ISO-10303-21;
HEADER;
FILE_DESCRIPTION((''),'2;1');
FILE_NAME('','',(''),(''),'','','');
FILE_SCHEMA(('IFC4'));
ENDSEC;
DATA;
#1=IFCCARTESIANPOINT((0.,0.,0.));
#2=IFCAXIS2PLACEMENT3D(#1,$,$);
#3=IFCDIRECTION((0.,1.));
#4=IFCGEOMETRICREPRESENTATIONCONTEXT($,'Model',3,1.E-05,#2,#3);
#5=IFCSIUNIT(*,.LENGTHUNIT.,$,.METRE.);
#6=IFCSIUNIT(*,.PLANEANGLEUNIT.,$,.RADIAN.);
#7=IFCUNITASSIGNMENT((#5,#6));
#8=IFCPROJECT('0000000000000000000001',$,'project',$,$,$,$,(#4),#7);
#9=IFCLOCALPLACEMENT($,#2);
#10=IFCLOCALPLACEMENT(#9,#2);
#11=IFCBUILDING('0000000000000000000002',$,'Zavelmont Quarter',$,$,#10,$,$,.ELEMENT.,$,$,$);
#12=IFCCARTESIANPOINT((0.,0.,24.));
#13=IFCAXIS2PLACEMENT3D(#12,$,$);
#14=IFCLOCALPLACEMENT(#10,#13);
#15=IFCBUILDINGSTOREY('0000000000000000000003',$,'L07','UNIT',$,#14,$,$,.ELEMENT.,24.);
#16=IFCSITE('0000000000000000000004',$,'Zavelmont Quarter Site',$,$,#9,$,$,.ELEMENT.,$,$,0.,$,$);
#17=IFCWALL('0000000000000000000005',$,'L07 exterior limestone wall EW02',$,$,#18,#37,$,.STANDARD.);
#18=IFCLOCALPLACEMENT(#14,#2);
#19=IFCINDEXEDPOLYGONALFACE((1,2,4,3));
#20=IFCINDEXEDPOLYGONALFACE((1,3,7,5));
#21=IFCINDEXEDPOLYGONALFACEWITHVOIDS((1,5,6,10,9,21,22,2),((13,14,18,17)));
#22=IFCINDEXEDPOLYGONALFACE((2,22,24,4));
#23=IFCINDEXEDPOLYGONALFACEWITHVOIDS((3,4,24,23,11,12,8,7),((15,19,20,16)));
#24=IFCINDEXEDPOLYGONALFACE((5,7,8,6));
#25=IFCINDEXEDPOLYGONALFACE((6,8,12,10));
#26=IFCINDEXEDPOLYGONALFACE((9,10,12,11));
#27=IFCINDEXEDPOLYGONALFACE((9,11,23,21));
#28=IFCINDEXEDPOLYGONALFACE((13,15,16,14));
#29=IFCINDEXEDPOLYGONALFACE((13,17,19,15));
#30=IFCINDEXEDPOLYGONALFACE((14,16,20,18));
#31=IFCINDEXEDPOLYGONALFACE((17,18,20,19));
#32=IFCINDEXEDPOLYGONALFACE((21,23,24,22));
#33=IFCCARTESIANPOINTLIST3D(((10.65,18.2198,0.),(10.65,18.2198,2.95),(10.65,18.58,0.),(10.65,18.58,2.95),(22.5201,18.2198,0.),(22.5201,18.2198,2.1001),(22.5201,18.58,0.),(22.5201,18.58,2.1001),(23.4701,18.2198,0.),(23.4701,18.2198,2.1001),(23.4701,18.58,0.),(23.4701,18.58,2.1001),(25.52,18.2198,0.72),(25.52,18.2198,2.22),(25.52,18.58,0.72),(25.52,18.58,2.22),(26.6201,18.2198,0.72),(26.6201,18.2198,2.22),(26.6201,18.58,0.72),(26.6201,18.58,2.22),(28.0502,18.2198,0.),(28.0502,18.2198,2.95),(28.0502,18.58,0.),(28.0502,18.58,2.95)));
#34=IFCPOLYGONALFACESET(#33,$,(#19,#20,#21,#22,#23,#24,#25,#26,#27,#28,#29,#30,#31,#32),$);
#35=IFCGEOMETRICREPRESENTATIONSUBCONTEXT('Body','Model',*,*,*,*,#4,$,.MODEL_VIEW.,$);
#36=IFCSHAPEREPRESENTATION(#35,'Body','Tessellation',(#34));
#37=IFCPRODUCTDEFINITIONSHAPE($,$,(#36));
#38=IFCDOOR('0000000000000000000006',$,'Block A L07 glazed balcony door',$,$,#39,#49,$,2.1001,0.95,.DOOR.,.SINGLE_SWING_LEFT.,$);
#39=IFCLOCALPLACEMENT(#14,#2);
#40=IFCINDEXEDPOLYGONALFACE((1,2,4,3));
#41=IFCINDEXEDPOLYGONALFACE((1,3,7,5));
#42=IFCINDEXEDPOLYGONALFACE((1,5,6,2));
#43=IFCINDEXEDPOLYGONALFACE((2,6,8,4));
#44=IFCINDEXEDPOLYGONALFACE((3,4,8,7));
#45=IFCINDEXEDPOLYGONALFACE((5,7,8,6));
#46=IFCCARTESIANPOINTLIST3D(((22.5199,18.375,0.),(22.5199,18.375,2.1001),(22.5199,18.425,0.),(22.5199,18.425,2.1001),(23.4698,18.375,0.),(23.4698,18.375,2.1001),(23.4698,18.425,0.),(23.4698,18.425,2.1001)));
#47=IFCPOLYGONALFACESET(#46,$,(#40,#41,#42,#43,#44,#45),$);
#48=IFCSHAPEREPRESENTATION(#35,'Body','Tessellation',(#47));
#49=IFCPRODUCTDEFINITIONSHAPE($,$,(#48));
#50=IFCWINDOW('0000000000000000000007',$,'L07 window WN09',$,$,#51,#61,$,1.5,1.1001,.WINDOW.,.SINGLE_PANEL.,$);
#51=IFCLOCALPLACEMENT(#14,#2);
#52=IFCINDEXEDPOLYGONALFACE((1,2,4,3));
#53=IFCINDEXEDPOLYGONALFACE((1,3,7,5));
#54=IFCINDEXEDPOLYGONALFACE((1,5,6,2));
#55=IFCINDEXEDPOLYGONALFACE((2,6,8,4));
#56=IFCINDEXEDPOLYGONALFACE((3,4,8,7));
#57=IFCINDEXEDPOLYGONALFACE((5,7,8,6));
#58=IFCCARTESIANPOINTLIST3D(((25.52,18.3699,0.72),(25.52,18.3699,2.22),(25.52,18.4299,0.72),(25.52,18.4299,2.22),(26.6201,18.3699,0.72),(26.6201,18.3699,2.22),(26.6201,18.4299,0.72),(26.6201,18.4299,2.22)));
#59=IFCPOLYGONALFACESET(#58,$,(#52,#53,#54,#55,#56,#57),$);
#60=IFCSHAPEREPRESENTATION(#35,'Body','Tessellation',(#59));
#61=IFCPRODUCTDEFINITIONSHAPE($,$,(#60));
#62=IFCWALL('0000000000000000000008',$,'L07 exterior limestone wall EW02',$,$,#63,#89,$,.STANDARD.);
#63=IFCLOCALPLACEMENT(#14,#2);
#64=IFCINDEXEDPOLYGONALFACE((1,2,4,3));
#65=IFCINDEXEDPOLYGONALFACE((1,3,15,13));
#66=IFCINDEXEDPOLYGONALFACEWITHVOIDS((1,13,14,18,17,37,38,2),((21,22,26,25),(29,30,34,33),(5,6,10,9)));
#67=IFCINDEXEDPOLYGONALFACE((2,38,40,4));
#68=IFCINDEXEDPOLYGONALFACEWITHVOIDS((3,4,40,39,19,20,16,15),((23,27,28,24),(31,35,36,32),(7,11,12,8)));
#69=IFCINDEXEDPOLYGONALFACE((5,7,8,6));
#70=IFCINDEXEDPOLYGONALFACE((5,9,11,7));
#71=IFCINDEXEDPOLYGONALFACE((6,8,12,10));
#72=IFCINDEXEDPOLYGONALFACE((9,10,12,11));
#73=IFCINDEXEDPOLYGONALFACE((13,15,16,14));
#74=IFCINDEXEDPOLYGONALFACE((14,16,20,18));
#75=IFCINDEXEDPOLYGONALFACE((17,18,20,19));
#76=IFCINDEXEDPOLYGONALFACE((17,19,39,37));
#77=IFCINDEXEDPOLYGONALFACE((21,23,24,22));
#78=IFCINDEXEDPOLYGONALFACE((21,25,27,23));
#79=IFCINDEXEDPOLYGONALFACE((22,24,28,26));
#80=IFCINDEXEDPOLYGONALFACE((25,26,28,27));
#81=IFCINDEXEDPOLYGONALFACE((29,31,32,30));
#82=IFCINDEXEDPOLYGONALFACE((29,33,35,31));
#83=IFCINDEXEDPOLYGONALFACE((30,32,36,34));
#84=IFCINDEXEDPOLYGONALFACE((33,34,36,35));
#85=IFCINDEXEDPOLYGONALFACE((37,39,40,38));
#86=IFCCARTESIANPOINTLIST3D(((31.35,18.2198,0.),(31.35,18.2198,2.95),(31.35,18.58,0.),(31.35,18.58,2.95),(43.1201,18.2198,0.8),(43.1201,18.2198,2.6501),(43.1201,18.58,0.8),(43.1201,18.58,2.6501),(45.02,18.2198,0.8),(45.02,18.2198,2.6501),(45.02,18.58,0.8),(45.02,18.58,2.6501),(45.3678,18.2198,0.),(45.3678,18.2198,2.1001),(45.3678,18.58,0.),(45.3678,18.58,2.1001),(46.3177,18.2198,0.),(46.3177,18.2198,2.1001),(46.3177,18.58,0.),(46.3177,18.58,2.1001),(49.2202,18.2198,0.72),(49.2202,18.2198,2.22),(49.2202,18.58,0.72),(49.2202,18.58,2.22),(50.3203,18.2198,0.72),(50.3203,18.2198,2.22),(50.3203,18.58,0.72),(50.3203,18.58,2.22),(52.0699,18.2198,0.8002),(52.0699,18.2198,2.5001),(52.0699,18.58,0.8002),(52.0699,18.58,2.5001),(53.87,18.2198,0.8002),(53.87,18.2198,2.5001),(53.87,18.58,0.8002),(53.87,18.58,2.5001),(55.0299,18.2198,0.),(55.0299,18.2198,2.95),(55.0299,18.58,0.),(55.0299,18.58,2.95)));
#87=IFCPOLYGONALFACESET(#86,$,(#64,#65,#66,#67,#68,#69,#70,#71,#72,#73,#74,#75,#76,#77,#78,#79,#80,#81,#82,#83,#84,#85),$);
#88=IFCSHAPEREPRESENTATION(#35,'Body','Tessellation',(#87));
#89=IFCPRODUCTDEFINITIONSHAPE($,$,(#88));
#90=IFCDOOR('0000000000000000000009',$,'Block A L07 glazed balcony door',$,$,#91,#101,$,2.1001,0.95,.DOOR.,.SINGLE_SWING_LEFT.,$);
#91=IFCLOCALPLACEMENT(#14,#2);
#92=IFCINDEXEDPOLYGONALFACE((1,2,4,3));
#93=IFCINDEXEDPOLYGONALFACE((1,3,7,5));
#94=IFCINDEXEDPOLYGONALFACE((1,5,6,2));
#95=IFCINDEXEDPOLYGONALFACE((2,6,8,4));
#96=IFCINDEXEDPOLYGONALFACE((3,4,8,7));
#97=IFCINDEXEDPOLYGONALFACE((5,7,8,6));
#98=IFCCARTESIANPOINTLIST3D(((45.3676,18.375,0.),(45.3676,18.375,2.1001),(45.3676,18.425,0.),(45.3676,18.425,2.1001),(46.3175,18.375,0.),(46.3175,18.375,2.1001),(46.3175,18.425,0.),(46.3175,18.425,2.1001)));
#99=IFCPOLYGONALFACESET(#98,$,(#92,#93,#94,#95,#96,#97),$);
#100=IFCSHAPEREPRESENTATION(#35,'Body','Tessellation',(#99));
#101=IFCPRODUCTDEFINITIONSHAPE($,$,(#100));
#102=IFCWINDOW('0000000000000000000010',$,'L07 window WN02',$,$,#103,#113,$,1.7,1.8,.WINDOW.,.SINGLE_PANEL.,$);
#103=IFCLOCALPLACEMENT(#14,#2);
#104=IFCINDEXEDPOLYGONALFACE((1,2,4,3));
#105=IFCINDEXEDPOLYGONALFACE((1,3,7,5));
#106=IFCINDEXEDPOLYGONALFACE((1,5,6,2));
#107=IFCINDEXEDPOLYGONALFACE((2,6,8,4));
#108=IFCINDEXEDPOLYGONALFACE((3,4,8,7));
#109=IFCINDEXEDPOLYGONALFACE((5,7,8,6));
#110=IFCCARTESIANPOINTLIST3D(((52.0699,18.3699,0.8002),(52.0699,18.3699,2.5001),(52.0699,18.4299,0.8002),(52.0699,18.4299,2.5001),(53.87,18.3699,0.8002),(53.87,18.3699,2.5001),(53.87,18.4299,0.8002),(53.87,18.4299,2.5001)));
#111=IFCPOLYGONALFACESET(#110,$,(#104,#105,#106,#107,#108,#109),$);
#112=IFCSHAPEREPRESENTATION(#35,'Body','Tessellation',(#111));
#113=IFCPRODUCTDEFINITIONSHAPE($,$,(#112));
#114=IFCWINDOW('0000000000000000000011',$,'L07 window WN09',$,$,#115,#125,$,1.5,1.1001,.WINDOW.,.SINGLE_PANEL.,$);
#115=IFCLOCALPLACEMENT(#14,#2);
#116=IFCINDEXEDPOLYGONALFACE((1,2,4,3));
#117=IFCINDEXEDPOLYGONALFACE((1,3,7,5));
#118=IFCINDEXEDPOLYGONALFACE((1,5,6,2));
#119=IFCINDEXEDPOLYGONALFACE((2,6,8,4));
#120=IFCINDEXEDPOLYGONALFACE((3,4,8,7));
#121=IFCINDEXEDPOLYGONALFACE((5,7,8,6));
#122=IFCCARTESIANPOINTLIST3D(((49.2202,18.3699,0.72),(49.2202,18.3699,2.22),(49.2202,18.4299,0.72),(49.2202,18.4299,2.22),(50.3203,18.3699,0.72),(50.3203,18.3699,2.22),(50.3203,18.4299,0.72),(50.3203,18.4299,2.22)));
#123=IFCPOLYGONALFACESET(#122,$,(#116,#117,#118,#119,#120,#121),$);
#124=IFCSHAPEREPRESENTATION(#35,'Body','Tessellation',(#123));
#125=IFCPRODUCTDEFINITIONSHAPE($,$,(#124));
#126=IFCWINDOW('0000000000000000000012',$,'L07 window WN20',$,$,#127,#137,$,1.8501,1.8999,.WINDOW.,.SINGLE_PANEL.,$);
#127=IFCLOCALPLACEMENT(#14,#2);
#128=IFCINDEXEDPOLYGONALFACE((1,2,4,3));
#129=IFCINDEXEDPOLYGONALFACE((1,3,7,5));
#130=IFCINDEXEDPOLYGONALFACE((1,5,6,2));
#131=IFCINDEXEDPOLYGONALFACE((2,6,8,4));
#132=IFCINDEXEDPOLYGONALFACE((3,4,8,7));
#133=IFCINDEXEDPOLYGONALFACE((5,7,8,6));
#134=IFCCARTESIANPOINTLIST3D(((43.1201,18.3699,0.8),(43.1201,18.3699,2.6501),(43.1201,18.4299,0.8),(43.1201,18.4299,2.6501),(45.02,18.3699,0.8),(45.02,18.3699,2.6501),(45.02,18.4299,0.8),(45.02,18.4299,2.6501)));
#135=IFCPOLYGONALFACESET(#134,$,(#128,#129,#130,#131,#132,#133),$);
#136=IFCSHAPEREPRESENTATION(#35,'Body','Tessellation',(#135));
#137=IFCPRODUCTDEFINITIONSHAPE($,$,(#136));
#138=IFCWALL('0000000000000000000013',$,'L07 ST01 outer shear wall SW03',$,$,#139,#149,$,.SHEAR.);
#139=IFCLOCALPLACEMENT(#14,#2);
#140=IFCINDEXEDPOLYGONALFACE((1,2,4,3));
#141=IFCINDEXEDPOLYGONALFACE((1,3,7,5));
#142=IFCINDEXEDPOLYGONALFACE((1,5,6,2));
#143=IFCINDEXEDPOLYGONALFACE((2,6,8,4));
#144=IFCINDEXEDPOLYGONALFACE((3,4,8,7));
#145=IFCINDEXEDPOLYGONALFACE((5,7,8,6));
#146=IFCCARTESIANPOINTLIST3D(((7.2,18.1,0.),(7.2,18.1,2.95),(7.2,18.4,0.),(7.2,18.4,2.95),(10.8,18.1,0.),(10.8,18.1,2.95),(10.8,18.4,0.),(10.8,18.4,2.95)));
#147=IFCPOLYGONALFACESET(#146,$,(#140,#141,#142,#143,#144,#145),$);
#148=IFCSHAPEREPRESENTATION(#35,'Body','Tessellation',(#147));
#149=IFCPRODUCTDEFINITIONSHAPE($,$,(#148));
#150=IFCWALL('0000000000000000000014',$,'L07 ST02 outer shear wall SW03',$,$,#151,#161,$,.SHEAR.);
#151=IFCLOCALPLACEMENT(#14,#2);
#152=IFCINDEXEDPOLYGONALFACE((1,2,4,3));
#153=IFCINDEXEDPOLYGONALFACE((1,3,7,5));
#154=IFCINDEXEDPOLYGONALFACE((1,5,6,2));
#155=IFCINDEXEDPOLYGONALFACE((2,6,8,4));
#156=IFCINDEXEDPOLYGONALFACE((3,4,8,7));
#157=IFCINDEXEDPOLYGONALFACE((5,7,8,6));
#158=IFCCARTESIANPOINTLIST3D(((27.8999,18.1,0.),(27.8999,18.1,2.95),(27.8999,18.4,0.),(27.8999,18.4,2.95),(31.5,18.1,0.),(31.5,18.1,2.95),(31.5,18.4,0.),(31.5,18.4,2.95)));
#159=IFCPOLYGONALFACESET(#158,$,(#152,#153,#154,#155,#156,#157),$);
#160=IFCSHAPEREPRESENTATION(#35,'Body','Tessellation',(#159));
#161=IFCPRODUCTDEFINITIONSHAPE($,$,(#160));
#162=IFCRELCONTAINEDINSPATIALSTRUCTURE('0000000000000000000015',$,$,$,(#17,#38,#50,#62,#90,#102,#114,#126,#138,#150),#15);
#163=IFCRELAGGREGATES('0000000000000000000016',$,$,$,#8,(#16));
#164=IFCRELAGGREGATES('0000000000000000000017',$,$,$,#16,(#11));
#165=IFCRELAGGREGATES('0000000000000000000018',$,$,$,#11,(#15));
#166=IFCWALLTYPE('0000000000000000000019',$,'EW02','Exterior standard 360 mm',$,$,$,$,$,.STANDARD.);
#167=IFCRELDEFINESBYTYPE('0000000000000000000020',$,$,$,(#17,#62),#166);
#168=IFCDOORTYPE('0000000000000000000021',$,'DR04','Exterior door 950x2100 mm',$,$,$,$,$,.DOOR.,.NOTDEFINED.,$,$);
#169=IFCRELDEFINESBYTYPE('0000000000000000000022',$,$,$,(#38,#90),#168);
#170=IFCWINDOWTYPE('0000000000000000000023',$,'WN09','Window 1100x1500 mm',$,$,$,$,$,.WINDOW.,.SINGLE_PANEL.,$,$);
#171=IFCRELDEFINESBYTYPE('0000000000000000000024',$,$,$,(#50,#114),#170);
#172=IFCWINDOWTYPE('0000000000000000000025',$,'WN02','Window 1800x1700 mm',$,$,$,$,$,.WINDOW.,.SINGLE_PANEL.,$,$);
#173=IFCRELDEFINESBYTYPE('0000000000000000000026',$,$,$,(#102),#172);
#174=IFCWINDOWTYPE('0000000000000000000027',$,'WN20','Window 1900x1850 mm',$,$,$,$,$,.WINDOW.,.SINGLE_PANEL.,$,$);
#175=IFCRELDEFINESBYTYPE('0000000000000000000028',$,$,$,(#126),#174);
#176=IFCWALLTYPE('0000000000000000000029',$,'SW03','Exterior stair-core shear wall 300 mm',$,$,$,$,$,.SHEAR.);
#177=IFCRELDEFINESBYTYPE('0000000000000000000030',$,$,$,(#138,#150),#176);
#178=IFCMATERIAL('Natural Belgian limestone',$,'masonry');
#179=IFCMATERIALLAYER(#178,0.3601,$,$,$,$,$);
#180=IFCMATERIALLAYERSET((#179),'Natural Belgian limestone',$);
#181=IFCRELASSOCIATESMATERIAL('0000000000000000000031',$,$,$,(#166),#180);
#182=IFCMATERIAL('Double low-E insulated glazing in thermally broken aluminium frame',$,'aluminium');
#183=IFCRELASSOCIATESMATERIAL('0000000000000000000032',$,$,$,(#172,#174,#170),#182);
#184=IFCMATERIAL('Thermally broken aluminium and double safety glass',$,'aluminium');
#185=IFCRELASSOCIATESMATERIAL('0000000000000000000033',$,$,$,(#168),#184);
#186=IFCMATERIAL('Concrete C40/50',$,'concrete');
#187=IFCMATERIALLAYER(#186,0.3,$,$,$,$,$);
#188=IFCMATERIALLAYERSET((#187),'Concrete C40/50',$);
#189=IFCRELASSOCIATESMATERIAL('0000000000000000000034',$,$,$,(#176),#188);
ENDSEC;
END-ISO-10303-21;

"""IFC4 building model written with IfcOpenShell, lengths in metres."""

from ifc_helpers import new_model, si_unit, direction, frame, frame_2d, origin, origin_with_axes, place, context, subcontext, project, spatial, rectangle, extrude, material, layer, layer_set, type_object, element, fill, save


model = new_model("IFC4")

# Units and contexts
model_context = context("Model", 3, precision=1e-05, world=origin(), true_north=direction((0.0, 1.0)))
body_context = subcontext(model_context, "Body", "Model", "MODEL_VIEW")
ifc_project = project(units=[si_unit("LENGTHUNIT", "METRE"), si_unit("PLANEANGLEUNIT", "RADIAN")], contexts=[model_context])

# Site, building, storey
site_placement = place(None, origin())
site = spatial("IfcSite", under=ifc_project, at=site_placement, Name="Zavelmont Quarter Site", CompositionType="ELEMENT", RefElevation=0.0)
building_placement = place(site_placement, origin())
building = spatial("IfcBuilding", under=site, at=building_placement, Name="Zavelmont Quarter", CompositionType="ELEMENT")
storey_placement = place(building_placement, frame((0.0, 0.0, 24.0)))
storey = spatial("IfcBuildingStorey", under=building, at=storey_placement, Name="L07", Description="UNIT", CompositionType="ELEMENT", Elevation=24.0)

# Shared definitions
ifc_material_1 = material(Name="Natural Belgian limestone", Category="masonry")
ifc_layer_1 = layer(ifc_material_1, 0.3601)
ifc_layer_set_1 = layer_set([ifc_layer_1], Name="Natural Belgian limestone")
wall_type_1 = type_object("IfcWallType", Name="EW02", Description="Exterior standard 360 mm", PredefinedType="STANDARD", material=ifc_layer_set_1)
ifc_material_2 = material(Name="Double low-E insulated glazing in thermally broken aluminium frame", Category="aluminium")
window_type_1 = type_object("IfcWindowType", Name="WN02", Description="Window 1800x1700 mm", PartitioningType="SINGLE_PANEL", PredefinedType="WINDOW", material=ifc_material_2)
window_type_2 = type_object("IfcWindowType", Name="WN20", Description="Window 1900x1850 mm", PartitioningType="SINGLE_PANEL", PredefinedType="WINDOW", material=ifc_material_2)

# Wall, openings, door, window
wall_1_placement = place(storey_placement, frame((10.6499, 18.3999, 0.0), z_axis=(0.0, 0.0, 1.0), x_axis=(1.0, 0.0, 0.0)))
wall_1 = element("IfcWall", 1, at=wall_1_placement, inside=storey, type_object=wall_type_1, Name="L07 exterior limestone wall EW02", PredefinedType="STANDARD", context=body_context, shape_type="SweptSolid", body=[
    extrude(rectangle(XDim=17.4001, YDim=0.3601, at=frame_2d((8.7002, 0.0))), origin(), (0.0, 0.0, 1.0), 2.95),
])
opening_1_placement = place(wall_1_placement, frame((11.8701, 0.0, 0.0)))
opening_1 = element("IfcOpeningElement", 2, at=opening_1_placement, cuts=wall_1, PredefinedType="OPENING", context=body_context, shape_type="SweptSolid", body=[
    extrude(rectangle(XDim=0.95, YDim=2.1001, at=frame_2d((0.4751, 1.05))), frame((0.0, 0.1919, 0.0), z_axis=(0.0, -1.0, 0.0), x_axis=(1.0, 0.0, 0.0)), (0.0, 0.0, 1.0), 0.384),
])
opening_2_placement = place(wall_1_placement, frame((14.8701, 0.0, 0.72)))
opening_2 = element("IfcOpeningElement", 3, at=opening_2_placement, cuts=wall_1, PredefinedType="OPENING", context=body_context, shape_type="SweptSolid", body=[
    extrude(rectangle(XDim=1.1001, YDim=1.5, at=frame_2d((0.55, 0.75))), frame((0.0, 0.1919, 0.0), z_axis=(0.0, -1.0, 0.0), x_axis=(1.0, 0.0, 0.0)), (0.0, 0.0, 1.0), 0.384),
])
ifc_material_3 = material(Name="Thermally broken aluminium and double safety glass", Category="aluminium")
door_type = type_object("IfcDoorType", Name="DR04", Description="Exterior door 950x2100 mm", OperationType="NOTDEFINED", PredefinedType="DOOR", material=ifc_material_3)
door_1_placement = place(opening_1_placement, frame((0.95, 0.0, 0.0), z_axis=(0.0, 0.0, 1.0), x_axis=(-1.0, 0.0, 0.0)))
door_1 = element("IfcDoor", 4, at=door_1_placement, inside=storey, type_object=door_type, Name="Block A L07 glazed balcony door", OperationType="SINGLE_SWING_LEFT", OverallHeight=2.1001, OverallWidth=0.95, PredefinedType="DOOR", context=body_context, shape_type="SweptSolid", body=[
    extrude(rectangle(XDim=0.95, YDim=2.1001, at=frame_2d((0.4751, 1.05))), frame((0.0, 0.0249, 0.0), z_axis=(0.0, -1.0, 0.0), x_axis=(1.0, 0.0, 0.0)), (0.0, 0.0, 1.0), 0.05),
])
fill(opening_1, door_1)
window_type_3 = type_object("IfcWindowType", Name="WN09", Description="Window 1100x1500 mm", PartitioningType="SINGLE_PANEL", PredefinedType="WINDOW", material=ifc_material_2)
window_1_placement = place(opening_2_placement, origin_with_axes())
window_1 = element("IfcWindow", 5, at=window_1_placement, inside=storey, type_object=window_type_3, Name="L07 window WN09", OverallHeight=1.5, OverallWidth=1.1001, PartitioningType="SINGLE_PANEL", PredefinedType="WINDOW", context=body_context, shape_type="SweptSolid", body=[
    extrude(rectangle(XDim=1.1001, YDim=1.5, at=frame_2d((0.55, 0.75))), frame((0.0, 0.03, 0.0), z_axis=(0.0, -1.0, 0.0), x_axis=(1.0, 0.0, 0.0)), (0.0, 0.0, 1.0), 0.0601),
])
fill(opening_2, window_1)

# Wall, openings, door, windows
wall_2_placement = place(storey_placement, frame((31.3501, 18.3999, 0.0), z_axis=(0.0, 0.0, 1.0), x_axis=(1.0, 0.0, 0.0)))
wall_2 = element("IfcWall", 6, at=wall_2_placement, inside=storey, type_object=wall_type_1, Name="L07 exterior limestone wall EW02", PredefinedType="STANDARD", context=body_context, shape_type="SweptSolid", body=[
    extrude(rectangle(XDim=23.6799, YDim=0.3601, at=frame_2d((11.8398, 0.0))), origin(), (0.0, 0.0, 1.0), 2.95),
])
opening_3_placement = place(wall_2_placement, frame((14.0176, 0.0, 0.0)))
opening_3 = element("IfcOpeningElement", 7, at=opening_3_placement, cuts=wall_2, PredefinedType="OPENING", context=body_context, shape_type="SweptSolid", body=[
    extrude(rectangle(XDim=0.95, YDim=2.1001, at=frame_2d((0.4751, 1.05))), frame((0.0, 0.1919, 0.0), z_axis=(0.0, -1.0, 0.0), x_axis=(1.0, 0.0, 0.0)), (0.0, 0.0, 1.0), 0.384),
])
opening_4_placement = place(wall_2_placement, frame((11.77, 0.0, 0.8)))
opening_4 = element("IfcOpeningElement", 8, at=opening_4_placement, cuts=wall_2, PredefinedType="OPENING", context=body_context, shape_type="SweptSolid", body=[
    extrude(rectangle(XDim=1.8999, YDim=1.8501, at=frame_2d((0.95, 0.925))), frame((0.0, 0.1919, 0.0), z_axis=(0.0, -1.0, 0.0), x_axis=(1.0, 0.0, 0.0)), (0.0, 0.0, 1.0), 0.384),
])
opening_5_placement = place(wall_2_placement, frame((17.8701, 0.0, 0.72)))
opening_5 = element("IfcOpeningElement", 9, at=opening_5_placement, cuts=wall_2, PredefinedType="OPENING", context=body_context, shape_type="SweptSolid", body=[
    extrude(rectangle(XDim=1.1001, YDim=1.5, at=frame_2d((0.55, 0.75))), frame((0.0, 0.1919, 0.0), z_axis=(0.0, -1.0, 0.0), x_axis=(1.0, 0.0, 0.0)), (0.0, 0.0, 1.0), 0.384),
])
opening_6_placement = place(wall_2_placement, frame((20.72, 0.0, 0.8)))
opening_6 = element("IfcOpeningElement", 10, at=opening_6_placement, cuts=wall_2, PredefinedType="OPENING", context=body_context, shape_type="SweptSolid", body=[
    extrude(rectangle(XDim=1.8, YDim=1.7, at=frame_2d((0.8999, 0.8501))), frame((0.0, 0.1919, 0.0), z_axis=(0.0, -1.0, 0.0), x_axis=(1.0, 0.0, 0.0)), (0.0, 0.0, 1.0), 0.384),
])
door_2_placement = place(opening_3_placement, frame((0.95, 0.0, 0.0), z_axis=(0.0, 0.0, 1.0), x_axis=(-1.0, 0.0, 0.0)))
door_2 = element("IfcDoor", 11, at=door_2_placement, inside=storey, type_object=door_type, Name="Block A L07 glazed balcony door", OperationType="SINGLE_SWING_LEFT", OverallHeight=2.1001, OverallWidth=0.95, PredefinedType="DOOR", context=body_context, shape_type="SweptSolid", body=[
    extrude(rectangle(XDim=0.95, YDim=2.1001, at=frame_2d((0.4751, 1.05))), frame((0.0, 0.0249, 0.0), z_axis=(0.0, -1.0, 0.0), x_axis=(1.0, 0.0, 0.0)), (0.0, 0.0, 1.0), 0.05),
])
fill(opening_3, door_2)
window_2_placement = place(opening_6_placement, origin_with_axes())
window_2 = element("IfcWindow", 12, at=window_2_placement, inside=storey, type_object=window_type_1, Name="L07 window WN02", OverallHeight=1.7, OverallWidth=1.8, PartitioningType="SINGLE_PANEL", PredefinedType="WINDOW", context=body_context, shape_type="SweptSolid", body=[
    extrude(rectangle(XDim=1.8, YDim=1.7, at=frame_2d((0.8999, 0.8501))), frame((0.0, 0.03, 0.0), z_axis=(0.0, -1.0, 0.0), x_axis=(1.0, 0.0, 0.0)), (0.0, 0.0, 1.0), 0.0601),
])
fill(opening_6, window_2)
window_3_placement = place(opening_5_placement, origin_with_axes())
window_3 = element("IfcWindow", 13, at=window_3_placement, inside=storey, type_object=window_type_3, Name="L07 window WN09", OverallHeight=1.5, OverallWidth=1.1001, PartitioningType="SINGLE_PANEL", PredefinedType="WINDOW", context=body_context, shape_type="SweptSolid", body=[
    extrude(rectangle(XDim=1.1001, YDim=1.5, at=frame_2d((0.55, 0.75))), frame((0.0, 0.03, 0.0), z_axis=(0.0, -1.0, 0.0), x_axis=(1.0, 0.0, 0.0)), (0.0, 0.0, 1.0), 0.0601),
])
fill(opening_5, window_3)
window_4_placement = place(opening_4_placement, origin_with_axes())
window_4 = element("IfcWindow", 14, at=window_4_placement, inside=storey, type_object=window_type_2, Name="L07 window WN20", OverallHeight=1.8501, OverallWidth=1.8999, PartitioningType="SINGLE_PANEL", PredefinedType="WINDOW", context=body_context, shape_type="SweptSolid", body=[
    extrude(rectangle(XDim=1.8999, YDim=1.8501, at=frame_2d((0.95, 0.925))), frame((0.0, 0.03, 0.0), z_axis=(0.0, -1.0, 0.0), x_axis=(1.0, 0.0, 0.0)), (0.0, 0.0, 1.0), 0.0601),
])
fill(opening_4, window_4)

# Walls
ifc_material_4 = material(Name="Concrete C40/50", Category="concrete")
ifc_layer_2 = layer(ifc_material_4, 0.3)
ifc_layer_set_2 = layer_set([ifc_layer_2], Name="Concrete C40/50")
wall_type_2 = type_object("IfcWallType", Name="SW03", Description="Exterior stair-core shear wall 300 mm", PredefinedType="SHEAR", material=ifc_layer_set_2)
for number, where, z_axis, x_axis, name in (
    (15, (7.2, 18.25, 0.0), (0.0, 0.0, 1.0), (1.0, 0.0, 0.0), "L07 ST01 outer shear wall SW03"),
    (16, (27.8999, 18.25, 0.0), (0.0, 0.0, 1.0), (1.0, 0.0, 0.0), "L07 ST02 outer shear wall SW03"),
):
    element("IfcWall", number, at=place(storey_placement, frame(where, z_axis=z_axis, x_axis=x_axis)), inside=storey, type_object=wall_type_2, Name=name, PredefinedType="SHEAR", context=body_context, shape_type="SweptSolid", body=[
        extrude(rectangle(XDim=3.6001, YDim=0.3, at=frame_2d((1.8, 0.0))), origin(), (0.0, 0.0, 1.0), 2.95),
    ])

save(model, "model.ifc")
